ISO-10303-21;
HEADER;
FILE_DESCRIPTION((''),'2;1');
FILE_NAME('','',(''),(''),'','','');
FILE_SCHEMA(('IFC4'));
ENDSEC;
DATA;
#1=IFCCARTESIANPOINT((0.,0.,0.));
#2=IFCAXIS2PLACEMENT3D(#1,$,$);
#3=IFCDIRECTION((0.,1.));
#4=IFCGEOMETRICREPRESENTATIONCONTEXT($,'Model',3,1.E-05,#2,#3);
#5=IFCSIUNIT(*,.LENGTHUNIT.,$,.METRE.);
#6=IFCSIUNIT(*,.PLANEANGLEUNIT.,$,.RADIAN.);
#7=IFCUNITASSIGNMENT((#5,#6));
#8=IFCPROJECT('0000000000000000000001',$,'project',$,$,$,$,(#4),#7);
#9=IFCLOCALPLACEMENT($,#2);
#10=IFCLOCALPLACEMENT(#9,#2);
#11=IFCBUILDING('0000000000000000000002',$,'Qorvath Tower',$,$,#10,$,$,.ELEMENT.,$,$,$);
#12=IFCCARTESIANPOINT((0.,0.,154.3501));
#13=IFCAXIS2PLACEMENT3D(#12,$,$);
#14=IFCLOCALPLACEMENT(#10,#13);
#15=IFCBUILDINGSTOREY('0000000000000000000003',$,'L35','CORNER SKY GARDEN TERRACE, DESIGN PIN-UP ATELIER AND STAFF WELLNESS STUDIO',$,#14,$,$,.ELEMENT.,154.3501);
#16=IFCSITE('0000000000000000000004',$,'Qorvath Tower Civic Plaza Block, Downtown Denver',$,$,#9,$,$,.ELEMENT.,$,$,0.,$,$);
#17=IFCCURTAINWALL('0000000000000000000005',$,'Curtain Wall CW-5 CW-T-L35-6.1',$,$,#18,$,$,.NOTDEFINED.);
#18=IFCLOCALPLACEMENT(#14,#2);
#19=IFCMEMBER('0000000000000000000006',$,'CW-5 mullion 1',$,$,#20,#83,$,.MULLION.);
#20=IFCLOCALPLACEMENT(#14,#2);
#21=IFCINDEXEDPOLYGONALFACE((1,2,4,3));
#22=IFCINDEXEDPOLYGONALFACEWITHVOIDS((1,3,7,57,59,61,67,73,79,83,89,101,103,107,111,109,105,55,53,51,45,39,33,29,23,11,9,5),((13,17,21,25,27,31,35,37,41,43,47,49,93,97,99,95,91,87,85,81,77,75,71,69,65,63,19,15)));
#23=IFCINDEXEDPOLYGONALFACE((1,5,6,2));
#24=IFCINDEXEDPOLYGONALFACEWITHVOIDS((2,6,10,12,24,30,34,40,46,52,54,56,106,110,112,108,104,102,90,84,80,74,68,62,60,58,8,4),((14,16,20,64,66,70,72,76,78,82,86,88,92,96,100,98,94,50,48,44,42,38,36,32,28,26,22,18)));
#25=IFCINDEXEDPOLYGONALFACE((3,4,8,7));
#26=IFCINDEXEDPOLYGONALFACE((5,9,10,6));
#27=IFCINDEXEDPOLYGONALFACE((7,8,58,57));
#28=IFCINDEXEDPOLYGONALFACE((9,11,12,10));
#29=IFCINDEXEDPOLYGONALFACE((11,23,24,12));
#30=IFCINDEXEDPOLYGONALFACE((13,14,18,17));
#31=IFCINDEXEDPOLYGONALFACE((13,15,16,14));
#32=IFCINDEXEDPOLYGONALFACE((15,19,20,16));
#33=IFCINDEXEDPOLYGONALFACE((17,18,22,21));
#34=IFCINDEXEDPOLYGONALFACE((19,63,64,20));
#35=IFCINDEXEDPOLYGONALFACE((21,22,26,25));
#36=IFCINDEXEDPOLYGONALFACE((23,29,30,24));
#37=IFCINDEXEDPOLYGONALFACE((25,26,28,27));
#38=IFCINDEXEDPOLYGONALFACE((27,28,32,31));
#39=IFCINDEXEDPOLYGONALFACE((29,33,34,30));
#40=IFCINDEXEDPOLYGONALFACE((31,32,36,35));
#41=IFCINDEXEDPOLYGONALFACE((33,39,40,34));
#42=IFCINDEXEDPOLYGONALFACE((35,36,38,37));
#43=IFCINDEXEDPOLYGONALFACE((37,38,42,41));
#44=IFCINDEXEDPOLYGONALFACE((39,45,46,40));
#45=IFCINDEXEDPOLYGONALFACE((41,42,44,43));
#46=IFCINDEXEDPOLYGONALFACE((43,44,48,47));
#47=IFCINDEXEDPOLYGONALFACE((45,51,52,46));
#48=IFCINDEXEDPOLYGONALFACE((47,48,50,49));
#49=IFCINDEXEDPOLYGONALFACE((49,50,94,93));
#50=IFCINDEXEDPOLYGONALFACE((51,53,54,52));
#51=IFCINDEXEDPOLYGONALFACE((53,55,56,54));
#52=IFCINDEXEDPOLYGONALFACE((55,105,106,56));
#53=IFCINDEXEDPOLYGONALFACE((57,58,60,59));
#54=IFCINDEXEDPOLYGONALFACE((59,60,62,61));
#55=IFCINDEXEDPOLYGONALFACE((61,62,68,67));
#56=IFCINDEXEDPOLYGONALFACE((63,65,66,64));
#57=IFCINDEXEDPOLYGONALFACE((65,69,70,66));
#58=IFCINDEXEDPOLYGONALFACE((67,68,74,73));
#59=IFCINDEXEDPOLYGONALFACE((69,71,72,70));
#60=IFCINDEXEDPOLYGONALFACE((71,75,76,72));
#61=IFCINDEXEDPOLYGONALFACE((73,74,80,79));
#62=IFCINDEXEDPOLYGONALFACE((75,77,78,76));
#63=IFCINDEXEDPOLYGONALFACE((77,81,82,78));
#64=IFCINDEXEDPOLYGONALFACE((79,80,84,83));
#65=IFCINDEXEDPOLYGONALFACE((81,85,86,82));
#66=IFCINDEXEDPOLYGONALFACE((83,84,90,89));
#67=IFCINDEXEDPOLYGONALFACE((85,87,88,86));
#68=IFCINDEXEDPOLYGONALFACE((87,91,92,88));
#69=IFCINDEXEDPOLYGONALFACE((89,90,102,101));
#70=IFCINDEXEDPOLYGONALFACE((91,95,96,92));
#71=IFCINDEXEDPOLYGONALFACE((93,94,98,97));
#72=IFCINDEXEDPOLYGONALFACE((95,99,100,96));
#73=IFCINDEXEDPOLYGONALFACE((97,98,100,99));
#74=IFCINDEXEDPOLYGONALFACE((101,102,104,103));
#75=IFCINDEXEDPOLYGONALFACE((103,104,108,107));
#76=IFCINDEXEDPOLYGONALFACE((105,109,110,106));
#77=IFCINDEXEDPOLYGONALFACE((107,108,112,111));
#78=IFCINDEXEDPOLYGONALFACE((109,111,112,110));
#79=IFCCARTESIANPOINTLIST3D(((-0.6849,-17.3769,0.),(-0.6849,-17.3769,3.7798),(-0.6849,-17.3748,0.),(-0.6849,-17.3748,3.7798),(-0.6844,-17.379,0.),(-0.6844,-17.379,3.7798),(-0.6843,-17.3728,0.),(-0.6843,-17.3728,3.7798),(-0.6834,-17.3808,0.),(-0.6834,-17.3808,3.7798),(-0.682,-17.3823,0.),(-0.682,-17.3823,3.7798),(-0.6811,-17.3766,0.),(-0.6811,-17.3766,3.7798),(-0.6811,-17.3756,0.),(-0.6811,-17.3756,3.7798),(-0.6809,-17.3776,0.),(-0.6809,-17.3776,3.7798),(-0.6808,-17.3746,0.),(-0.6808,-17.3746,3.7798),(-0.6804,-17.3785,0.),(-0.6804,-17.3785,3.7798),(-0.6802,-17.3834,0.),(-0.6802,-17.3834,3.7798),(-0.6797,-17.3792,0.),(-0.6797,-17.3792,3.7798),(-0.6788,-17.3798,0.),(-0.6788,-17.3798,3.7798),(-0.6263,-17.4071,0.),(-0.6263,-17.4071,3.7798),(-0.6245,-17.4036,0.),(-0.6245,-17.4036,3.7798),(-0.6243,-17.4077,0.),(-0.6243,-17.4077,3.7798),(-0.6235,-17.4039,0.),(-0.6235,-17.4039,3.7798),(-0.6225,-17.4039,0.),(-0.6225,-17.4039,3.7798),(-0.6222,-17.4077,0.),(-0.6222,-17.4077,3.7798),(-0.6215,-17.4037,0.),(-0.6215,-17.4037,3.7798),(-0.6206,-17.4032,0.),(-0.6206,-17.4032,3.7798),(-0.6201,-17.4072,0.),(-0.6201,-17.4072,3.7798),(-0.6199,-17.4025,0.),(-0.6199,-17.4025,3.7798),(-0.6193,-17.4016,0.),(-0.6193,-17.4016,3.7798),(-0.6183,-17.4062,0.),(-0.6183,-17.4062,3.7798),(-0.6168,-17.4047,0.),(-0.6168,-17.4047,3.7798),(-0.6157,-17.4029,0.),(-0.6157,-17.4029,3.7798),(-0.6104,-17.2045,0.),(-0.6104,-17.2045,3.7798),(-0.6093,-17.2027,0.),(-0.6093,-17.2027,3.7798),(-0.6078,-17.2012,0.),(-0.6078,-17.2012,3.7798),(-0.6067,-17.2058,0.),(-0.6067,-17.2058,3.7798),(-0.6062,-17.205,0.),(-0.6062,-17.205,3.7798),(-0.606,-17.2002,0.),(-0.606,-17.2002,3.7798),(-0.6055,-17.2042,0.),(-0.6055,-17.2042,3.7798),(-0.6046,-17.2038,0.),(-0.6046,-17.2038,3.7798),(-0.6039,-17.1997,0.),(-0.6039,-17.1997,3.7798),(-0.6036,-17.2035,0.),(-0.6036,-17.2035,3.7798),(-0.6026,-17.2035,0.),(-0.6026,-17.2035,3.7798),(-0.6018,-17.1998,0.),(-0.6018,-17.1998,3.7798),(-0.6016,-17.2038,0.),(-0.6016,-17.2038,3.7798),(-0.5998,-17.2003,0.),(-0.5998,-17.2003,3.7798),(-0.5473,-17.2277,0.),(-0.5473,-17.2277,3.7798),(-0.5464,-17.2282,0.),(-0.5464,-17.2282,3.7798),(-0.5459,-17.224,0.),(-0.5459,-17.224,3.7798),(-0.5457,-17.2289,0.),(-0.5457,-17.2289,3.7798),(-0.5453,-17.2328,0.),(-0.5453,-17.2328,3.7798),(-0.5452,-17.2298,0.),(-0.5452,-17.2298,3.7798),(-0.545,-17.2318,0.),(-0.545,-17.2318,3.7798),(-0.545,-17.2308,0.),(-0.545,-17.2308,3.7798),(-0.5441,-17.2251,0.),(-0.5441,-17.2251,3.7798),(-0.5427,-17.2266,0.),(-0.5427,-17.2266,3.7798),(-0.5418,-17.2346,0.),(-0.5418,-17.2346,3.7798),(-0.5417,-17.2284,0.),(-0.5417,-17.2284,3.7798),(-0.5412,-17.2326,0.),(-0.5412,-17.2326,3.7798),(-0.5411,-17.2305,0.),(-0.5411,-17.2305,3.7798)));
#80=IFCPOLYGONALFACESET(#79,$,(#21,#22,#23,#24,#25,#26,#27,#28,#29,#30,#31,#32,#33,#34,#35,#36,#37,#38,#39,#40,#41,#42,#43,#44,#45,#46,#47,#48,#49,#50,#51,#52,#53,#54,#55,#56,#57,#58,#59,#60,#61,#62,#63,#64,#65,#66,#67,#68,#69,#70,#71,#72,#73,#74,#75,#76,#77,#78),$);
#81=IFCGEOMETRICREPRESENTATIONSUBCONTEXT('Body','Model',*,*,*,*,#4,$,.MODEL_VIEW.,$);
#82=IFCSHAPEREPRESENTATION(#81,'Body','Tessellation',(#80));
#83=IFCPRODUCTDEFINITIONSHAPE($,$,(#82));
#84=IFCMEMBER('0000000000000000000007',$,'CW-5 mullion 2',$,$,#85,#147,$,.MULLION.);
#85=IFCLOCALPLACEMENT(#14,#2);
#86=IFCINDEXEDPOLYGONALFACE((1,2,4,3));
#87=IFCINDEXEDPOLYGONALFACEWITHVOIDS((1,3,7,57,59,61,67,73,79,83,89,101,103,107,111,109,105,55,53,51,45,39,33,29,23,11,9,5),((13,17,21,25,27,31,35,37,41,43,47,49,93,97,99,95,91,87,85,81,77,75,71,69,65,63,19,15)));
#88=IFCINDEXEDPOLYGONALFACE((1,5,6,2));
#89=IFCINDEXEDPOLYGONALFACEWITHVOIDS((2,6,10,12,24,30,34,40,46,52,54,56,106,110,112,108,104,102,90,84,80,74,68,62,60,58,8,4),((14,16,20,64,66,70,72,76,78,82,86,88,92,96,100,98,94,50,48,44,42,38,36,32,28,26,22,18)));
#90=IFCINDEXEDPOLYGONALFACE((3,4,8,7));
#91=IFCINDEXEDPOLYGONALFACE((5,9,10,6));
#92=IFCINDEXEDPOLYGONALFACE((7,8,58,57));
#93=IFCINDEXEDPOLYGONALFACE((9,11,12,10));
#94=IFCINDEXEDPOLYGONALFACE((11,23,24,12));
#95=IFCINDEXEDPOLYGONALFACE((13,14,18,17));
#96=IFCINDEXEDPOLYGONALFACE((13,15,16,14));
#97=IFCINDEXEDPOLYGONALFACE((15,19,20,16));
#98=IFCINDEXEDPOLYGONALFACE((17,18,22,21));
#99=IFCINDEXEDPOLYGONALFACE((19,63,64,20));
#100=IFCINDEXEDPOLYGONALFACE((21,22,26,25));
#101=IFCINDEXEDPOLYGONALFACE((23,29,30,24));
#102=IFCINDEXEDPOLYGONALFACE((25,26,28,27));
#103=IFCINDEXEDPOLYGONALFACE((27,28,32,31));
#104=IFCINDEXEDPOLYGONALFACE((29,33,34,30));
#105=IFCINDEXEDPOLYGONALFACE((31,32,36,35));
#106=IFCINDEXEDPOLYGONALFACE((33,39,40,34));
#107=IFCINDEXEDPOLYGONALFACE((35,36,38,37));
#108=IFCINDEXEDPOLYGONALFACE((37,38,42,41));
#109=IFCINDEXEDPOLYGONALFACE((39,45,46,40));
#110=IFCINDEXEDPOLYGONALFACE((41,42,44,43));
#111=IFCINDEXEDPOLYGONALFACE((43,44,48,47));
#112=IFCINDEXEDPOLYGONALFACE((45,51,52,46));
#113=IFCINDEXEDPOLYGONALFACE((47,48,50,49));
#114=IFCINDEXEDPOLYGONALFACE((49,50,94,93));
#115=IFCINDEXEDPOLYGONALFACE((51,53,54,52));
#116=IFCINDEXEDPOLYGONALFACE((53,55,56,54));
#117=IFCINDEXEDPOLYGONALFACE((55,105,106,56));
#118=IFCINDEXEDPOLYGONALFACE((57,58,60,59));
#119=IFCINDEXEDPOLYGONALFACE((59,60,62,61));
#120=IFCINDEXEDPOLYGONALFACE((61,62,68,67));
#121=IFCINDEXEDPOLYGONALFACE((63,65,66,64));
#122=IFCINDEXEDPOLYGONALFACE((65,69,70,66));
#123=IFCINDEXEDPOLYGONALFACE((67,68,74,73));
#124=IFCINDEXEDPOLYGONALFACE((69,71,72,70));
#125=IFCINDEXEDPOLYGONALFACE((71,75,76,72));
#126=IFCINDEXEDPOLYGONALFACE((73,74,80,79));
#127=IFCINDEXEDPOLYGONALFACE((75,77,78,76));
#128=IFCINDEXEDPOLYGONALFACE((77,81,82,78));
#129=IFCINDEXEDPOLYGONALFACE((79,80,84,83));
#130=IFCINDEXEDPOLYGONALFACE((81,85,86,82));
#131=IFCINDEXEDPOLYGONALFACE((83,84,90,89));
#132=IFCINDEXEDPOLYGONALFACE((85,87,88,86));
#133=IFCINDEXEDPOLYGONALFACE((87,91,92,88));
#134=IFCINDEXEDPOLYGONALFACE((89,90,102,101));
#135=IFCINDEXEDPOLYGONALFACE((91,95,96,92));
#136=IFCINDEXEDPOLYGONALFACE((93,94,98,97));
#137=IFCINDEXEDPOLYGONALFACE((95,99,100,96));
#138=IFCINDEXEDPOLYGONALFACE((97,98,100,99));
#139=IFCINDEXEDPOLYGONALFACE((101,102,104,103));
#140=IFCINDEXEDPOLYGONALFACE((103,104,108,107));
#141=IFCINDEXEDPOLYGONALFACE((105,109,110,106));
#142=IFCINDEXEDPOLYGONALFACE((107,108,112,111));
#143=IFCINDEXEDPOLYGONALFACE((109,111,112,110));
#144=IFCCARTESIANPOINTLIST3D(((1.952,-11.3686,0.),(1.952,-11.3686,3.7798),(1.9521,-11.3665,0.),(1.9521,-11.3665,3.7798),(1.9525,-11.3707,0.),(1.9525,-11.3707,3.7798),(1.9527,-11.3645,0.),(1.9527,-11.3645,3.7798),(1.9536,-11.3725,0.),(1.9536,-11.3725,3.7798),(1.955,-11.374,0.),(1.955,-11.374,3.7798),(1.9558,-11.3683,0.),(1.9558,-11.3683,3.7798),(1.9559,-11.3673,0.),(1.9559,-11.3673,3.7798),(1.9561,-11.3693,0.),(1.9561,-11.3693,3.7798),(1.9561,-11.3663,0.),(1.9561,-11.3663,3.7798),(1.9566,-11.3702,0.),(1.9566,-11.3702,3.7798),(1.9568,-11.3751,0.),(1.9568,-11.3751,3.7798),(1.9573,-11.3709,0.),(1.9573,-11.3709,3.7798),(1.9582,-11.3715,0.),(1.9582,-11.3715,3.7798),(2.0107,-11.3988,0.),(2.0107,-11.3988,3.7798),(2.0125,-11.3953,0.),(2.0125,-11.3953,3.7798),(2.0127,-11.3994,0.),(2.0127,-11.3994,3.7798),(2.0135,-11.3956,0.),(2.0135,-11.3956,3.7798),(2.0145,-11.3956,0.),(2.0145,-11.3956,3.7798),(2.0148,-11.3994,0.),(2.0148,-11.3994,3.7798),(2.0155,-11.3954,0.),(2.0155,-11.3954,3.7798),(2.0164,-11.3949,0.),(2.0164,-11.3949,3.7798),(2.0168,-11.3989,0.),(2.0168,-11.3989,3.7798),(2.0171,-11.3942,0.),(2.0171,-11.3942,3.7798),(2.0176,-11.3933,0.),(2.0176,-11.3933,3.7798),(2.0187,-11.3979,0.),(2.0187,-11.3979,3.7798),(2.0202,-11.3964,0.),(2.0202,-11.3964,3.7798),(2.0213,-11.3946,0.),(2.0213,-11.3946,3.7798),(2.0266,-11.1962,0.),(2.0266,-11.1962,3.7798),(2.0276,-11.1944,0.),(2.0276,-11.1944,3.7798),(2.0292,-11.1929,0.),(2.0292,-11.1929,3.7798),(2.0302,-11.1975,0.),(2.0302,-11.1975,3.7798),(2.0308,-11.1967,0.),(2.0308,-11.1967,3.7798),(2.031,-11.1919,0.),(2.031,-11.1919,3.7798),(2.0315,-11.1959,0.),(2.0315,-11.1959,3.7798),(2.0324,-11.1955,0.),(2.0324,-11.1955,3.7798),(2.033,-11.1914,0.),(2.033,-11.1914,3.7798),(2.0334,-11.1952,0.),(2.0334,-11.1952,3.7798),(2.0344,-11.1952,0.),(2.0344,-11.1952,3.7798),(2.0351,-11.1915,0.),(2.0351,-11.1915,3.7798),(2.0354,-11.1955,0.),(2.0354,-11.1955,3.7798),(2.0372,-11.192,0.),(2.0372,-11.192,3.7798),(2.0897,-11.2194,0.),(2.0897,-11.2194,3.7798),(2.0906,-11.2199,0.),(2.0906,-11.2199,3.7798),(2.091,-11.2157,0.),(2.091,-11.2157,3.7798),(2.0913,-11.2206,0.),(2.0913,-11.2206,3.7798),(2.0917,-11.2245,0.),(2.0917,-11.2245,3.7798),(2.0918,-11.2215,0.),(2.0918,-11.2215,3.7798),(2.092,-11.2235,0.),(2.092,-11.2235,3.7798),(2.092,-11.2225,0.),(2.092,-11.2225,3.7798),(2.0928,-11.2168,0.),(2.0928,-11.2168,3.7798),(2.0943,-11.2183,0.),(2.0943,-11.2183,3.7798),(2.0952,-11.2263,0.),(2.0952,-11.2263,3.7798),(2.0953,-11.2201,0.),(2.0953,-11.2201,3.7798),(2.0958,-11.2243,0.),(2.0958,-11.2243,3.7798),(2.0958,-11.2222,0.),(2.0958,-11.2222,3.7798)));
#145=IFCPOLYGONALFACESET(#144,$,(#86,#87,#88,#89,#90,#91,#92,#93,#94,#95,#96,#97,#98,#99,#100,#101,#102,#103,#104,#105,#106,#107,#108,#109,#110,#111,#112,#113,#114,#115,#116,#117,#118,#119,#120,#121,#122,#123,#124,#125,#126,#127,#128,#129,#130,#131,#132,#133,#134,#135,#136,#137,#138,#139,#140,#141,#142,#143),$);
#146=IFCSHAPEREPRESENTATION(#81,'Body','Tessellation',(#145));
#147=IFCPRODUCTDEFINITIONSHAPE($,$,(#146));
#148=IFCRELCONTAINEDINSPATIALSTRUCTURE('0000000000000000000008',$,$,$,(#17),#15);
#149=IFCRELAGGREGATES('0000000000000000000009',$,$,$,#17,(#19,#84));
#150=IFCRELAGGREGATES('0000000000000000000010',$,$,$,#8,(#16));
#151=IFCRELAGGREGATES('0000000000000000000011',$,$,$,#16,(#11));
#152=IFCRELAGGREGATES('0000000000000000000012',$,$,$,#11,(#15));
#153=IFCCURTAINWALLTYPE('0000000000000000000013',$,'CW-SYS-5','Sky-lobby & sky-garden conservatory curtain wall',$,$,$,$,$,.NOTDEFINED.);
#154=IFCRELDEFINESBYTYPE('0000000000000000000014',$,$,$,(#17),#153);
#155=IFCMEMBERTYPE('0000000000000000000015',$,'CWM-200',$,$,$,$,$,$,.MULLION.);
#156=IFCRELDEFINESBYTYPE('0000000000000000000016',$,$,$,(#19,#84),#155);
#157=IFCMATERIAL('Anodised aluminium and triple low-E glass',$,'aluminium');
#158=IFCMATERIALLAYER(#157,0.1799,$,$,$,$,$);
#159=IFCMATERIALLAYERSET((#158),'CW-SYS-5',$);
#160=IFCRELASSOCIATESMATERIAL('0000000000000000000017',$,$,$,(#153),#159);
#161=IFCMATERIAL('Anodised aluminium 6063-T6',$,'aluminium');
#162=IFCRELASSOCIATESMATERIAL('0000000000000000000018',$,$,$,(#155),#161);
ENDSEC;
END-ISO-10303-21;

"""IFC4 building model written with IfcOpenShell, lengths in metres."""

from ifc_helpers import new_model, si_unit, direction, frame, origin, origin_2d, place, context, subcontext, project, spatial, hollow_rectangle, extrude, material, layer, layer_set, material_profile, profile_set, type_object, element, aggregate, save


model = new_model("IFC4")

# Units and contexts
model_context = context("Model", 3, precision=1e-05, world=origin(), true_north=direction((0.0, 1.0)))
body_context = subcontext(model_context, "Body", "Model", "MODEL_VIEW")
ifc_project = project(units=[si_unit("LENGTHUNIT", "METRE"), si_unit("PLANEANGLEUNIT", "RADIAN")], contexts=[model_context])

# Site, building, storey
site_placement = place(None, origin())
site = spatial("IfcSite", under=ifc_project, at=site_placement, Name="Qorvath Tower Civic Plaza Block, Downtown Denver", CompositionType="ELEMENT", RefElevation=0.0)
building_placement = place(site_placement, origin())
building = spatial("IfcBuilding", under=site, at=building_placement, Name="Qorvath Tower", CompositionType="ELEMENT")
storey_placement = place(building_placement, frame((0.0, 0.0, 154.3501)))
storey = spatial("IfcBuildingStorey", under=building, at=storey_placement, Name="L35", Description="CORNER SKY GARDEN TERRACE, DESIGN PIN-UP ATELIER AND STAFF WELLNESS STUDIO", CompositionType="ELEMENT", Elevation=154.3501)

# Curtain wall, members
ifc_material_1 = material(Name="Anodised aluminium and triple low-E glass", Category="aluminium")
ifc_layer_1 = layer(ifc_material_1, 0.1799)
ifc_layer_set_1 = layer_set([ifc_layer_1], Name="CW-SYS-5")
curtain_wall_type = type_object("IfcCurtainWallType", Name="CW-SYS-5", Description="Sky-lobby & sky-garden conservatory curtain wall", PredefinedType="NOTDEFINED", material=ifc_layer_set_1)
ifc_material_2 = material(Name="Anodised aluminium 6063-T6", Category="aluminium")
ifc_material_profile_1 = material_profile(ifc_material_2, hollow_rectangle(XDim=0.075, YDim=0.2, WallThickness=0.0039, InnerFilletRadius=0.0039, OuterFilletRadius=0.0081, at=origin_2d()), Name="CWM 200x75")
ifc_profile_set_1 = profile_set([ifc_material_profile_1], Name="Anodised aluminium 6063-T6")
member_type_1 = type_object("IfcMemberType", Name="CWM-200", PredefinedType="MULLION", material=ifc_profile_set_1)
curtain_wall_1_placement = place(storey_placement, origin())
curtain_wall_1 = element("IfcCurtainWall", 1, at=curtain_wall_1_placement, inside=storey, type_object=curtain_wall_type, Name="Curtain Wall CW-5 CW-T-L35-6.1", PredefinedType="NOTDEFINED")
member_1_placement = place(storey_placement, frame((-0.613, -17.3037, 0.0), z_axis=(0.0, 0.0, 1.0), x_axis=(-0.915683, 0.401902, 0.0)))
member_1 = element("IfcMember", 2, at=member_1_placement, type_object=member_type_1, Name="CW-5 mullion 1", PredefinedType="MULLION", context=body_context, shape_type="SweptSolid", body=[
    extrude(hollow_rectangle(XDim=0.075, YDim=0.2, WallThickness=0.0039, InnerFilletRadius=0.0039, OuterFilletRadius=0.0081, at=origin_2d()), origin(), (0.0, 0.0, 1.0), 3.7798),
])
member_2_placement = place(storey_placement, frame((2.0239, -11.2954, 0.0), z_axis=(0.0, 0.0, 1.0), x_axis=(-0.915683, 0.401902, 0.0)))
member_2 = element("IfcMember", 3, at=member_2_placement, type_object=member_type_1, Name="CW-5 mullion 2", PredefinedType="MULLION", context=body_context, shape_type="SweptSolid", body=[
    extrude(hollow_rectangle(XDim=0.075, YDim=0.2, WallThickness=0.0039, InnerFilletRadius=0.0039, OuterFilletRadius=0.0081, at=origin_2d()), origin(), (0.0, 0.0, 1.0), 3.7798),
])

aggregate(curtain_wall_1, [member_1, member_2])

save(model, "model.ifc")
